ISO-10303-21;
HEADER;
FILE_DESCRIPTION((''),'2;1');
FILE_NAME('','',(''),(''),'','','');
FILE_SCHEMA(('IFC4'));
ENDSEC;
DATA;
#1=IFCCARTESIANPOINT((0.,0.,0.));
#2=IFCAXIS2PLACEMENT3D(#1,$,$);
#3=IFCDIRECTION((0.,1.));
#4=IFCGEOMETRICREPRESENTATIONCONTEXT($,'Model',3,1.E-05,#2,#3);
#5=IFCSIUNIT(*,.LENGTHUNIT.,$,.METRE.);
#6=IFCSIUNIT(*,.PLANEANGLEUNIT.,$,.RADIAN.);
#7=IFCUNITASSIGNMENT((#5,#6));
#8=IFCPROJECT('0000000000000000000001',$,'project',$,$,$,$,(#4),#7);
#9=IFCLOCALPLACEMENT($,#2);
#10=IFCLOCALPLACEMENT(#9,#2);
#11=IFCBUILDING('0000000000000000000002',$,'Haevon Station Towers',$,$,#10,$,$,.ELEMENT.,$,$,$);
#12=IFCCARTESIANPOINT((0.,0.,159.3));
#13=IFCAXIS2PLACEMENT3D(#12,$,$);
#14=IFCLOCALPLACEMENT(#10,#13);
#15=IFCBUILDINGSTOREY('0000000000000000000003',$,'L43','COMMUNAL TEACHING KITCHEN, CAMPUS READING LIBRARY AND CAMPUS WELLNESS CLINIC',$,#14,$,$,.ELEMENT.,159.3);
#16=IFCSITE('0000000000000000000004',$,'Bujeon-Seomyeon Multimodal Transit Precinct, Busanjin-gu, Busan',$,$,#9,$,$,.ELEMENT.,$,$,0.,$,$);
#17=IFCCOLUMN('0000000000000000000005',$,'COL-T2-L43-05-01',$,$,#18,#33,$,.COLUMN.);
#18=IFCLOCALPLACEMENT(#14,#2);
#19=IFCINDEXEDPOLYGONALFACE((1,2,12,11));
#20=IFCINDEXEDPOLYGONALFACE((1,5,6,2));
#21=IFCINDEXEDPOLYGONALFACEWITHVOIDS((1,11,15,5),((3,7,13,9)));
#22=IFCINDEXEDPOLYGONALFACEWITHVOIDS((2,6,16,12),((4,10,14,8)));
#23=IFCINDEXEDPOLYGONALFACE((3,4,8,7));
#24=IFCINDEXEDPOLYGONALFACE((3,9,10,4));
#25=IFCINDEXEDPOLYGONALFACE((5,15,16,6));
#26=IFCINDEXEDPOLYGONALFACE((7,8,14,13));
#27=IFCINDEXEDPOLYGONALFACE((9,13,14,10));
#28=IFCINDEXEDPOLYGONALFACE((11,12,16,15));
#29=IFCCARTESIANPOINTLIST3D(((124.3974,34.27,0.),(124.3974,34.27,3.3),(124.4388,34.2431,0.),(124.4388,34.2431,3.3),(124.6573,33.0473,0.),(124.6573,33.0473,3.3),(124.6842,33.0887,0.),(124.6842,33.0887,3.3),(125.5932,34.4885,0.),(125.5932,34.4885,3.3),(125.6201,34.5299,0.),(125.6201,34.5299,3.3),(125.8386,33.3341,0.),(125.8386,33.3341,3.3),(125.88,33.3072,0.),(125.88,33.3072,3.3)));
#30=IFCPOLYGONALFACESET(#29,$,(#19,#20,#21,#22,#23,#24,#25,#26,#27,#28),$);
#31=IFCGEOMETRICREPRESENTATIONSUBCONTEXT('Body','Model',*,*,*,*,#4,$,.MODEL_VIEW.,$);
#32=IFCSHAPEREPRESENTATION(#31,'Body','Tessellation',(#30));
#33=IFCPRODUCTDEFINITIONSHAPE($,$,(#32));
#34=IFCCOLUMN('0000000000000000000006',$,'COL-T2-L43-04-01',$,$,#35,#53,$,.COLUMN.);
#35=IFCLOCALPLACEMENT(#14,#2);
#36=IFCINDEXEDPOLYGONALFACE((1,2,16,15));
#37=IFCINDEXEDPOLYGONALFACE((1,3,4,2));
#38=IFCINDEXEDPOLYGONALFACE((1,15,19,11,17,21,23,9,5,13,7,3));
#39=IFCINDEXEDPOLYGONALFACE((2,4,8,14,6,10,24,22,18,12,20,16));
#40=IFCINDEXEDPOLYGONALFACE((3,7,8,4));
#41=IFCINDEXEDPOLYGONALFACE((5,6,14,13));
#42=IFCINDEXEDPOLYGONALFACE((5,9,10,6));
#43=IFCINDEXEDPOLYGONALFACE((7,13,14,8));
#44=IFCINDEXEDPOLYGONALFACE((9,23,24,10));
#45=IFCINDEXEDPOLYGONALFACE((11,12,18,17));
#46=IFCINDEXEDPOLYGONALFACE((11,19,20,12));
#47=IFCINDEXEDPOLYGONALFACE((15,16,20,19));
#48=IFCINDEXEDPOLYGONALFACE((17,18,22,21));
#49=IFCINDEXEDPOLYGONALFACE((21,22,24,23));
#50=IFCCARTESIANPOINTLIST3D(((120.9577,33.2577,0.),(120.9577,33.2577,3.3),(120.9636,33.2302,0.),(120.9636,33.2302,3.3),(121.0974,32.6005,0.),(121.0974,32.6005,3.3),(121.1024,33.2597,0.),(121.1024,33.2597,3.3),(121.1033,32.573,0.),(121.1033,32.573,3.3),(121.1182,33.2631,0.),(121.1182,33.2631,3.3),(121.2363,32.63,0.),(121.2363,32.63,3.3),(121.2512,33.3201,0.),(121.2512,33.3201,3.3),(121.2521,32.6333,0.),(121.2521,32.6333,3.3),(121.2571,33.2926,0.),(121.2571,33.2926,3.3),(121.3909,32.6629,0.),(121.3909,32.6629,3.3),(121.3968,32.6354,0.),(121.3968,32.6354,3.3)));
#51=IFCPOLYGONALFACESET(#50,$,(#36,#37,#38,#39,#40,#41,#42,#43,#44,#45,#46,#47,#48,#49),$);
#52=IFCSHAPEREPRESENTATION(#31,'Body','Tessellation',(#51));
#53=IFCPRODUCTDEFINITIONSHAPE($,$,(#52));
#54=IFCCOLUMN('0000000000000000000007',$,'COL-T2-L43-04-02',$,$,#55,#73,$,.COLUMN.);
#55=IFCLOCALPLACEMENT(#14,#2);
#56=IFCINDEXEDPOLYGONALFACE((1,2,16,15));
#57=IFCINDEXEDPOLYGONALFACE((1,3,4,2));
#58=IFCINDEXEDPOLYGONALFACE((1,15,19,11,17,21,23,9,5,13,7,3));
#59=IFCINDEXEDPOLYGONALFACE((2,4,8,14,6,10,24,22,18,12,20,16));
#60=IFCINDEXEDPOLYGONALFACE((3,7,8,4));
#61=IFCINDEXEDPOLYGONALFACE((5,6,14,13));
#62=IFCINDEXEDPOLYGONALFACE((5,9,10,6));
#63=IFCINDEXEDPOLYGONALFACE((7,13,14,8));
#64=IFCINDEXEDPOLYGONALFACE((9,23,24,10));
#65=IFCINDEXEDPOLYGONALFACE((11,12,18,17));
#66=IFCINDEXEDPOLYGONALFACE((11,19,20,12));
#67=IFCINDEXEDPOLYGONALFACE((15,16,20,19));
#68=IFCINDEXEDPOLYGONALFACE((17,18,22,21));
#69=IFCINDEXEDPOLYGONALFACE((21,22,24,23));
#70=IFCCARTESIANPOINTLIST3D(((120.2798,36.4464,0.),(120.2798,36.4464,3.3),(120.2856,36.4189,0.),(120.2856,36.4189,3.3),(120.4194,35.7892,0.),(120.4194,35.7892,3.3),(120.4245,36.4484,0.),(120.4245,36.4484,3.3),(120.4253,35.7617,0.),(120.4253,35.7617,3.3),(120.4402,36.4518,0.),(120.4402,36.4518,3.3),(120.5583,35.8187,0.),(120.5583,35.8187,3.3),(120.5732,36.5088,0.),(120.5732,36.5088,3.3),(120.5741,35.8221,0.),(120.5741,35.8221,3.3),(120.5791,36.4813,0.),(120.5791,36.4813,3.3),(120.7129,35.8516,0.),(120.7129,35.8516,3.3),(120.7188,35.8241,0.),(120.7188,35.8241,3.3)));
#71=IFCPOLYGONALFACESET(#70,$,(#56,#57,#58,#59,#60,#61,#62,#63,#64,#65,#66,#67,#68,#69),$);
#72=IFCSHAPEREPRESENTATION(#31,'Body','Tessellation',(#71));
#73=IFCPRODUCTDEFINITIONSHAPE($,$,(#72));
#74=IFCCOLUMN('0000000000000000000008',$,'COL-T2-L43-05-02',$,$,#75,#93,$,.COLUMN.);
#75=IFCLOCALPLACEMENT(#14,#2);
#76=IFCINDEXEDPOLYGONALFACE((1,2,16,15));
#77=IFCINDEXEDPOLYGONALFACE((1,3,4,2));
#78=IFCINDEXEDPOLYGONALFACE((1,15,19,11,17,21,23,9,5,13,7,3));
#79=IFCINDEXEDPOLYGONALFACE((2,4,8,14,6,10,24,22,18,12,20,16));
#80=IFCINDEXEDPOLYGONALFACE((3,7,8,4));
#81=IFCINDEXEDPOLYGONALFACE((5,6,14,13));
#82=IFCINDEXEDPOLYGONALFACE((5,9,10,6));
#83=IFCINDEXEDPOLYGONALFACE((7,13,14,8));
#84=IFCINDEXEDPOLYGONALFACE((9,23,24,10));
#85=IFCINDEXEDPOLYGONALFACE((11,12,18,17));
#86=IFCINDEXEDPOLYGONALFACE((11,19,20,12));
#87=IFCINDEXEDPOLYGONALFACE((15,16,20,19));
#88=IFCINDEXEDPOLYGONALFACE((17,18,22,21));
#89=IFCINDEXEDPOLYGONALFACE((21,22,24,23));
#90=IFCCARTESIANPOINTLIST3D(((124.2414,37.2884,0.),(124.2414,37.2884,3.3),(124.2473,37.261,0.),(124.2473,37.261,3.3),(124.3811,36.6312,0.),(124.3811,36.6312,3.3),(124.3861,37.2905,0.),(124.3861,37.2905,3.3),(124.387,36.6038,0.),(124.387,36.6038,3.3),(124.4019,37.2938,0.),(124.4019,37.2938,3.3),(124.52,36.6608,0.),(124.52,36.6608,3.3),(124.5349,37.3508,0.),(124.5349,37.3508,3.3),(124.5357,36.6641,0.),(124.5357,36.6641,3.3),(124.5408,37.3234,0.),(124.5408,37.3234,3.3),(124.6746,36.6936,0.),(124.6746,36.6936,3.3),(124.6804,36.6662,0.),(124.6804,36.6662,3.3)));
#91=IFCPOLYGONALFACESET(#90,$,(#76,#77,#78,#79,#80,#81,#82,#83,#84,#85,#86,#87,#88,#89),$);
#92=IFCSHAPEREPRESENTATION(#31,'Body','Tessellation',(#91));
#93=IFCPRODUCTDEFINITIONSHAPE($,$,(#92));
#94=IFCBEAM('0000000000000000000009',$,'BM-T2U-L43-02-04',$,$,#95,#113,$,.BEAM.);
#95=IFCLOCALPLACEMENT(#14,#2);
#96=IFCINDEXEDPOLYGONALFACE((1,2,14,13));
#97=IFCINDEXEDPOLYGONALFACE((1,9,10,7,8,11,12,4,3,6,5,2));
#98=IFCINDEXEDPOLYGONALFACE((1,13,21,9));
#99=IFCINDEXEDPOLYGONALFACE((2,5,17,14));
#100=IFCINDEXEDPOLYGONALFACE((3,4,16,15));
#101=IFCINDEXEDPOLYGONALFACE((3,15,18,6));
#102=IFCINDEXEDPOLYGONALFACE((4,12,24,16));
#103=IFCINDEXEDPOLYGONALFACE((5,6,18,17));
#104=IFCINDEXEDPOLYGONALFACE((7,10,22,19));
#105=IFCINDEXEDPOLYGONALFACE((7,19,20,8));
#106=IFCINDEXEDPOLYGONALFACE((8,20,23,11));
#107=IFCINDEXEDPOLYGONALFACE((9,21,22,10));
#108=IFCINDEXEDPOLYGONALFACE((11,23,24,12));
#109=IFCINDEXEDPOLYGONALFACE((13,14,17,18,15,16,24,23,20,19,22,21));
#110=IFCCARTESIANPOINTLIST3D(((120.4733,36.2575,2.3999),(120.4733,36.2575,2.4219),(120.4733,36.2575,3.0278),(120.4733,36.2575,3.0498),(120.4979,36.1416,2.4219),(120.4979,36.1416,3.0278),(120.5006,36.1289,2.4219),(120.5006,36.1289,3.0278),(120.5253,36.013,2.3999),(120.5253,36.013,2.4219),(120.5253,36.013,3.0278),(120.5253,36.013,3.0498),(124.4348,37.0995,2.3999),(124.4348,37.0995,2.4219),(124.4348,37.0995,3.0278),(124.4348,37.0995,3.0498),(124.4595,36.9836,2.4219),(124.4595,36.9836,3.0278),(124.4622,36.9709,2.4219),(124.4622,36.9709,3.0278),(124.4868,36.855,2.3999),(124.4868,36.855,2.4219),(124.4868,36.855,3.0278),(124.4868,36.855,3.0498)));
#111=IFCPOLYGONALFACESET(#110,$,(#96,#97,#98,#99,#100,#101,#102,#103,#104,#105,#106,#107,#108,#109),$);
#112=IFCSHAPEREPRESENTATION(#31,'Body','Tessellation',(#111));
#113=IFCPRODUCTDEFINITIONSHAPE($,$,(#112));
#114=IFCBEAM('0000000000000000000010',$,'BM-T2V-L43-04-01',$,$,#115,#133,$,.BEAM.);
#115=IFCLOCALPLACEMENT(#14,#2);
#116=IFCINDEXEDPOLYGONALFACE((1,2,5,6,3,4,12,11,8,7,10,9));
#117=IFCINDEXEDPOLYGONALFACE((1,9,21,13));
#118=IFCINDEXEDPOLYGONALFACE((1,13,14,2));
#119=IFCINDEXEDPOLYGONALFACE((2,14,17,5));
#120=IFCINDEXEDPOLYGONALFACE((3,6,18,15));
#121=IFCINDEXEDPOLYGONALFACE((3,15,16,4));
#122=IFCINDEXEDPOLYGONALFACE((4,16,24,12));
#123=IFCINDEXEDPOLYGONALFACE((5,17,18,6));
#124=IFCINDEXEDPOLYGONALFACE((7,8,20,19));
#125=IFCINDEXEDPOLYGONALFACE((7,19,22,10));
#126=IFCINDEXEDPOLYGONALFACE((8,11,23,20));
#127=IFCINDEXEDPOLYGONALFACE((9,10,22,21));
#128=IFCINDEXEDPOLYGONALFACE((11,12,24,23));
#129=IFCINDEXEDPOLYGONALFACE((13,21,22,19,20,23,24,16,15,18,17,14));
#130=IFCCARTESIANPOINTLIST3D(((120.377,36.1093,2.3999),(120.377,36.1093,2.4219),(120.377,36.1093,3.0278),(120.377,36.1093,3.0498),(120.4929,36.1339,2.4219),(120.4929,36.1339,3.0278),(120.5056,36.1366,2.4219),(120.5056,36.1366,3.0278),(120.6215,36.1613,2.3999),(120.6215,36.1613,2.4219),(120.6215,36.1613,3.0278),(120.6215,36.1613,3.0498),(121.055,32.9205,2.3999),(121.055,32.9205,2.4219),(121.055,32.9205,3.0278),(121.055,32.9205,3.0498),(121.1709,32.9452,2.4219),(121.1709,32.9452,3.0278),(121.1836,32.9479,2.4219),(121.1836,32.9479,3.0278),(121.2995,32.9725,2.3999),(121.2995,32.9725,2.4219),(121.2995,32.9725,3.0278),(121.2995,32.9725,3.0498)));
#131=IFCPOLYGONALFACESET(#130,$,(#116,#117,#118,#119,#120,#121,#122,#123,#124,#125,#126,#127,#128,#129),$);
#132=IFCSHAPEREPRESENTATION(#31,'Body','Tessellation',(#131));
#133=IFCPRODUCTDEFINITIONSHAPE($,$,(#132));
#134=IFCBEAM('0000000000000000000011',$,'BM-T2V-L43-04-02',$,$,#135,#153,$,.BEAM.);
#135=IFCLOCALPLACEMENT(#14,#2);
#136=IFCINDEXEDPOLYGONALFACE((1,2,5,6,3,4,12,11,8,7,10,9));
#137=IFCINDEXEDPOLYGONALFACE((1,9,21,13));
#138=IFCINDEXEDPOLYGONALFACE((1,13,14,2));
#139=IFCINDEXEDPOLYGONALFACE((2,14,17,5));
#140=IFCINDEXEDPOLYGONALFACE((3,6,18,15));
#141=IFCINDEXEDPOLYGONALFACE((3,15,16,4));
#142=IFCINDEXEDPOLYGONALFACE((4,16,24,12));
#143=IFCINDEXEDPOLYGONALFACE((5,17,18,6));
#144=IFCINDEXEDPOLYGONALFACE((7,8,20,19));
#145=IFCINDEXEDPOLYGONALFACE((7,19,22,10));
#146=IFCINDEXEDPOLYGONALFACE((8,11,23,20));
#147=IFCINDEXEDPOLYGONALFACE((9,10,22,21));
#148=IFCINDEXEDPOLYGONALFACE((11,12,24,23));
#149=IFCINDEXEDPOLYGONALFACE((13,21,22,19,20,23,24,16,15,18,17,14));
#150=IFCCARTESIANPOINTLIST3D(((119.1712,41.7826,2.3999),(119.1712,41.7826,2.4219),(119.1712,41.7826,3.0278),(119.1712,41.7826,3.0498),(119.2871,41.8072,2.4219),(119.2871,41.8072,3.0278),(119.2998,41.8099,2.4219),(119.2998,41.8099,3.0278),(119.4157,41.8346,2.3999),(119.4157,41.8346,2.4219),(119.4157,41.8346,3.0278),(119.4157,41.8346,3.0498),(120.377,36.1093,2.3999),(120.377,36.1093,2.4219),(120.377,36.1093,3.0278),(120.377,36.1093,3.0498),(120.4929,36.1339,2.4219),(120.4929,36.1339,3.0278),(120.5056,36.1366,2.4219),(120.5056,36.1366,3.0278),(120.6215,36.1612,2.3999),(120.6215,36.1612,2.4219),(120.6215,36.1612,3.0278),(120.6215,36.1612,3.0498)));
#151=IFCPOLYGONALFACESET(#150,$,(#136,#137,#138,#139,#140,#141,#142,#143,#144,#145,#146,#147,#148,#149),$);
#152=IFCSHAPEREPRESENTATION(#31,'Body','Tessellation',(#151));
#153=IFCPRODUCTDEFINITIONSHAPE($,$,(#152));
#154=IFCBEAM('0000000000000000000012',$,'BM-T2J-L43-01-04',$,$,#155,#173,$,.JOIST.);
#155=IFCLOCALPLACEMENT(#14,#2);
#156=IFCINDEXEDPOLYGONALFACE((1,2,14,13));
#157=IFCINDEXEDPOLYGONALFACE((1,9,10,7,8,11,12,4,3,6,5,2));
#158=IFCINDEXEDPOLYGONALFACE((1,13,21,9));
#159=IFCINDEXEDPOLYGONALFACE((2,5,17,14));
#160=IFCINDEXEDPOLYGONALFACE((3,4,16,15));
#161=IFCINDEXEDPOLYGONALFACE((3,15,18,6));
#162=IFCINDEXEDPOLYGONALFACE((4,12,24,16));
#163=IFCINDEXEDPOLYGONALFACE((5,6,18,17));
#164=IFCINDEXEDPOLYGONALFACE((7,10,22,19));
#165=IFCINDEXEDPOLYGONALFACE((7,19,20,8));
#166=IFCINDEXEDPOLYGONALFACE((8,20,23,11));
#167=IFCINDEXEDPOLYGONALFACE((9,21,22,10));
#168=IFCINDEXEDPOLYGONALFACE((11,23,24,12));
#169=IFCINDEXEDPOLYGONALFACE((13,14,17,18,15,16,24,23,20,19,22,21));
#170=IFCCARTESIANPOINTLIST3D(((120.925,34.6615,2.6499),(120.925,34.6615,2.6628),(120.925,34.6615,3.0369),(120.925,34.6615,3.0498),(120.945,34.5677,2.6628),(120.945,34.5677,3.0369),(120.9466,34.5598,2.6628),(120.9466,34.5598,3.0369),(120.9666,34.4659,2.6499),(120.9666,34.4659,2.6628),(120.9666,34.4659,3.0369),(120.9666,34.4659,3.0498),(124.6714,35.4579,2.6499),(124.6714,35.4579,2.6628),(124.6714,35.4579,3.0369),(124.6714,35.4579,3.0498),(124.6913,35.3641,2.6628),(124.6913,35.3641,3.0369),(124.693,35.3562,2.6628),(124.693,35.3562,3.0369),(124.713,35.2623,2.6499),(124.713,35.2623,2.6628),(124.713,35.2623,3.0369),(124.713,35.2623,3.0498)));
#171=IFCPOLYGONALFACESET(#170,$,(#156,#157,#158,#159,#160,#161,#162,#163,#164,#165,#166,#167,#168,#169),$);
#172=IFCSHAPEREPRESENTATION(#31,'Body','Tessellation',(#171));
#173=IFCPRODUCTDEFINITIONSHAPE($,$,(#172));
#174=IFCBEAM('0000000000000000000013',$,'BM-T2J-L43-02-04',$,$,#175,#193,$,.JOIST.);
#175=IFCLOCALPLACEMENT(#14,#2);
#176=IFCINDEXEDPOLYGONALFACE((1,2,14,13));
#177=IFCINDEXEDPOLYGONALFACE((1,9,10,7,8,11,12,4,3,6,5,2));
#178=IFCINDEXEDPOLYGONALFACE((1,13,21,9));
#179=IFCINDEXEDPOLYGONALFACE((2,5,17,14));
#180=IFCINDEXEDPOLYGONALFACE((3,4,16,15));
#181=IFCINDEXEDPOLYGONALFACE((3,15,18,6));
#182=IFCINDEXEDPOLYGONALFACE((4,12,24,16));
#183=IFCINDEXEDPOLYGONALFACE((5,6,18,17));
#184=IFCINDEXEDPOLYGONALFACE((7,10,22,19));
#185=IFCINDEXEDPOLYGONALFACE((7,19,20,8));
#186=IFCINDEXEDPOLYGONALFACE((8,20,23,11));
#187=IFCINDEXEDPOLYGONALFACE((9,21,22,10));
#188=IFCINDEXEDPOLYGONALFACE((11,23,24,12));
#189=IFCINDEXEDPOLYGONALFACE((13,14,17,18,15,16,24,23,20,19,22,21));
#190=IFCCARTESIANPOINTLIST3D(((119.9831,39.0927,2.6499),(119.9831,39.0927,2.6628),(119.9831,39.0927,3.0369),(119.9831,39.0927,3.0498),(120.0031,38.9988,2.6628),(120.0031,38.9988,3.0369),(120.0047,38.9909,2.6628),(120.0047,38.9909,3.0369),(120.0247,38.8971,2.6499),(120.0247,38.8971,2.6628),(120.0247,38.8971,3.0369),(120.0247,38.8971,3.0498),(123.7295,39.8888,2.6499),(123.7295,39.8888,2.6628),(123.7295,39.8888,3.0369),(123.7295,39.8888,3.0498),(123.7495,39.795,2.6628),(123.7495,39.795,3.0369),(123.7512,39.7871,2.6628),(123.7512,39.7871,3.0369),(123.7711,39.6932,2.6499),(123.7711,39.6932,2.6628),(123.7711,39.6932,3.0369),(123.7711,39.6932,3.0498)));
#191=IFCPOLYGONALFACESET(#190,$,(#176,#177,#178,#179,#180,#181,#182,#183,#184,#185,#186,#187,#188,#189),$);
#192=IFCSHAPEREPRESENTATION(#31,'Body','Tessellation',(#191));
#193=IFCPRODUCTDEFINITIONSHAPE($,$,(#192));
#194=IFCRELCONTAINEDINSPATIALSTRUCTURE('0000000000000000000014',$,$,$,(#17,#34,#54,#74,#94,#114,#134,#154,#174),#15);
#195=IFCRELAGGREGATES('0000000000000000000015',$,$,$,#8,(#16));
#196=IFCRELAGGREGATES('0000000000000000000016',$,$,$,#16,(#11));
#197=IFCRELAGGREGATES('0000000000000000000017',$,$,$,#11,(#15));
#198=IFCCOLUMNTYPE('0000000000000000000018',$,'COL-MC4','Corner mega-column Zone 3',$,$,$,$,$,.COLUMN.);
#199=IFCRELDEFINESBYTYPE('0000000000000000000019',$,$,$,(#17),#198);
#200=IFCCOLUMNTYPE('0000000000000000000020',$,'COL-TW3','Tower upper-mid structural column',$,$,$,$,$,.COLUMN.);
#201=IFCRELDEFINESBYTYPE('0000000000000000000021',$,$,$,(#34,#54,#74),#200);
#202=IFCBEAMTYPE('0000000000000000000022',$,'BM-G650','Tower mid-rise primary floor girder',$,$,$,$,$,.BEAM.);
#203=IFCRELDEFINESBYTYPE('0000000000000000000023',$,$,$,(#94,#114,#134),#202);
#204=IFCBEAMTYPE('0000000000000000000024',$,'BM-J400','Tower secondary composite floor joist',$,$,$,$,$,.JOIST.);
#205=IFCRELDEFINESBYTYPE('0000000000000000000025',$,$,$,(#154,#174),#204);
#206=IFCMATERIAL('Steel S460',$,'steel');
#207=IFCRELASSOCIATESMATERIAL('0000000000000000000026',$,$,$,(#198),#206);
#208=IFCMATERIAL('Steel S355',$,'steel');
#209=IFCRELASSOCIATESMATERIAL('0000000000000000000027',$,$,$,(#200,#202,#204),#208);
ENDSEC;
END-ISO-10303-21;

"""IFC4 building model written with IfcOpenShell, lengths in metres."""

from ifc_helpers import new_model, si_unit, direction, frame, origin, origin_2d, place, context, subcontext, project, spatial, hollow_rectangle, i_section, extrude, material, material_profile, profile_set, type_object, element, save


model = new_model("IFC4")

# Units and contexts
model_context = context("Model", 3, precision=1e-05, world=origin(), true_north=direction((0.0, 1.0)))
body_context = subcontext(model_context, "Body", "Model", "MODEL_VIEW")
ifc_project = project(units=[si_unit("LENGTHUNIT", "METRE"), si_unit("PLANEANGLEUNIT", "RADIAN")], contexts=[model_context])

# Site, building, storey
site_placement = place(None, origin())
site = spatial("IfcSite", under=ifc_project, at=site_placement, Name="Bujeon-Seomyeon Multimodal Transit Precinct, Busanjin-gu, Busan", CompositionType="ELEMENT", RefElevation=0.0)
building_placement = place(site_placement, origin())
building = spatial("IfcBuilding", under=site, at=building_placement, Name="Haevon Station Towers", CompositionType="ELEMENT")
storey_placement = place(building_placement, frame((0.0, 0.0, 159.3)))
storey = spatial("IfcBuildingStorey", under=building, at=storey_placement, Name="L43", Description="COMMUNAL TEACHING KITCHEN, CAMPUS READING LIBRARY AND CAMPUS WELLNESS CLINIC", CompositionType="ELEMENT", Elevation=159.3)

# Columns
ifc_material_1 = material(Name="Steel S460", Category="steel")
ifc_material_profile_1 = material_profile(ifc_material_1, hollow_rectangle(XDim=1.25, YDim=1.25, WallThickness=0.0349, at=origin_2d()), Name="BOX-1250x1250x35")
ifc_profile_set_1 = profile_set([ifc_material_profile_1], Name="Steel S460")
column_type_1 = type_object("IfcColumnType", Name="COL-MC4", Description="Corner mega-column Zone 3", PredefinedType="COLUMN", material=ifc_profile_set_1)
column_placement = place(storey_placement, frame((125.1387, 33.7886, 0.0), z_axis=(0.0, 0.0, 1.0), x_axis=(0.978148, 0.207912, 0.0)))
element("IfcColumn", 1, at=column_placement, inside=storey, type_object=column_type_1, Name="COL-T2-L43-05-01", PredefinedType="COLUMN", context=body_context, shape_type="SweptSolid", body=[
    extrude(hollow_rectangle(XDim=1.25, YDim=1.25, WallThickness=0.0349, at=origin_2d()), origin(), (0.0, 0.0, 1.0), 3.3),
])
ifc_material_2 = material(Name="Steel S355", Category="steel")
ifc_material_profile_2 = material_profile(ifc_material_2, i_section(OverallWidth=0.3, OverallDepth=0.7, WebThickness=0.0161, FlangeThickness=0.0281, at=origin_2d()), Name="H-700x300x16x28")
ifc_profile_set_2 = profile_set([ifc_material_profile_2], Name="Steel S355")
column_type_2 = type_object("IfcColumnType", Name="COL-TW3", Description="Tower upper-mid structural column", PredefinedType="COLUMN", material=ifc_profile_set_2)
for number, where, z_axis, x_axis, name in (
    (2, (121.1772, 32.9465, 0.0), (0.0, 0.0, 1.0), (0.978148, 0.207912, 0.0), "COL-T2-L43-04-01"),
    (3, (120.4993, 36.1353, 0.0), (0.0, 0.0, 1.0), (0.978148, 0.207912, 0.0), "COL-T2-L43-04-02"),
    (4, (124.4609, 36.9773, 0.0), (0.0, 0.0, 1.0), (0.978148, 0.207912, 0.0), "COL-T2-L43-05-02"),
):
    element("IfcColumn", number, at=place(storey_placement, frame(where, z_axis=z_axis, x_axis=x_axis)), inside=storey, type_object=column_type_2, Name=name, PredefinedType="COLUMN", context=body_context, shape_type="SweptSolid", body=[
        extrude(i_section(OverallWidth=0.3, OverallDepth=0.7, WebThickness=0.0161, FlangeThickness=0.0281, at=origin_2d()), origin(), (0.0, 0.0, 1.0), 3.3),
    ])

# Beams
ifc_material_profile_3 = material_profile(ifc_material_2, i_section(OverallWidth=0.25, OverallDepth=0.6499, WebThickness=0.0129, FlangeThickness=0.022, at=origin_2d()), Name="H-650x250x13x22")
ifc_profile_set_3 = profile_set([ifc_material_profile_3], Name="Steel S355")
beam_type_1 = type_object("IfcBeamType", Name="BM-G650", Description="Tower mid-rise primary floor girder", PredefinedType="BEAM", material=ifc_profile_set_3)
beam_1_placement = place(storey_placement, frame((120.4993, 36.1353, 2.7249), z_axis=(0.97815, 0.207903, 0.0), x_axis=(-0.207903, 0.97815, 0.0)))
element("IfcBeam", 5, at=beam_1_placement, inside=storey, type_object=beam_type_1, Name="BM-T2U-L43-02-04", PredefinedType="BEAM", context=body_context, shape_type="SweptSolid", body=[
    extrude(i_section(OverallWidth=0.25, OverallDepth=0.6499, WebThickness=0.0129, FlangeThickness=0.022, at=origin_2d()), origin(), (0.0, 0.0, 1.0), 4.05),
])
beam_2_placement = place(storey_placement, frame((121.1772, 32.9465, 2.7249), z_axis=(-0.207969, 0.978135, 0.0), x_axis=(-0.978135, -0.207969, 0.0)))
element("IfcBeam", 6, at=beam_2_placement, inside=storey, type_object=beam_type_1, Name="BM-T2V-L43-04-01", PredefinedType="BEAM", context=body_context, shape_type="SweptSolid", body=[
    extrude(i_section(OverallWidth=0.25, OverallDepth=0.6499, WebThickness=0.0129, FlangeThickness=0.022, at=origin_2d()), origin(), (0.0, 0.0, 1.0), 3.26),
])
beam_3_placement = place(storey_placement, frame((120.4993, 36.1353, 2.7249), z_axis=(-0.207896, 0.978151, 0.0), x_axis=(-0.978151, -0.207896, 0.0)))
element("IfcBeam", 7, at=beam_3_placement, inside=storey, type_object=beam_type_1, Name="BM-T2V-L43-04-02", PredefinedType="BEAM", context=body_context, shape_type="SweptSolid", body=[
    extrude(i_section(OverallWidth=0.25, OverallDepth=0.6499, WebThickness=0.0129, FlangeThickness=0.022, at=origin_2d()), origin(), (0.0, 0.0, 1.0), 5.8),
])
ifc_material_profile_4 = material_profile(ifc_material_2, i_section(OverallWidth=0.2, OverallDepth=0.3999, WebThickness=0.0081, FlangeThickness=0.0129, at=origin_2d()), Name="H-400x200x8x13")
ifc_profile_set_4 = profile_set([ifc_material_profile_4], Name="Steel S355")
beam_type_2 = type_object("IfcBeamType", Name="BM-J400", Description="Tower secondary composite floor joist", PredefinedType="JOIST", material=ifc_profile_set_4)
for number, where, z_axis, x_axis, name in (
    (8, (120.9458, 34.5637, 2.8499), (0.978143, 0.207931, 0.0), (-0.207931, 0.978143, 0.0), "BM-T2J-L43-01-04"),
    (9, (120.0039, 38.9949, 2.8499), (0.978156, 0.20787, 0.0), (-0.20787, 0.978156, 0.0), "BM-T2J-L43-02-04"),
):
    element("IfcBeam", number, at=place(storey_placement, frame(where, z_axis=z_axis, x_axis=x_axis)), inside=storey, type_object=beam_type_2, Name=name, PredefinedType="JOIST", context=body_context, shape_type="SweptSolid", body=[
        extrude(i_section(OverallWidth=0.2, OverallDepth=0.3999, WebThickness=0.0081, FlangeThickness=0.0129, at=origin_2d()), origin(), (0.0, 0.0, 1.0), 3.8301),
    ])

save(model, "model.ifc")
